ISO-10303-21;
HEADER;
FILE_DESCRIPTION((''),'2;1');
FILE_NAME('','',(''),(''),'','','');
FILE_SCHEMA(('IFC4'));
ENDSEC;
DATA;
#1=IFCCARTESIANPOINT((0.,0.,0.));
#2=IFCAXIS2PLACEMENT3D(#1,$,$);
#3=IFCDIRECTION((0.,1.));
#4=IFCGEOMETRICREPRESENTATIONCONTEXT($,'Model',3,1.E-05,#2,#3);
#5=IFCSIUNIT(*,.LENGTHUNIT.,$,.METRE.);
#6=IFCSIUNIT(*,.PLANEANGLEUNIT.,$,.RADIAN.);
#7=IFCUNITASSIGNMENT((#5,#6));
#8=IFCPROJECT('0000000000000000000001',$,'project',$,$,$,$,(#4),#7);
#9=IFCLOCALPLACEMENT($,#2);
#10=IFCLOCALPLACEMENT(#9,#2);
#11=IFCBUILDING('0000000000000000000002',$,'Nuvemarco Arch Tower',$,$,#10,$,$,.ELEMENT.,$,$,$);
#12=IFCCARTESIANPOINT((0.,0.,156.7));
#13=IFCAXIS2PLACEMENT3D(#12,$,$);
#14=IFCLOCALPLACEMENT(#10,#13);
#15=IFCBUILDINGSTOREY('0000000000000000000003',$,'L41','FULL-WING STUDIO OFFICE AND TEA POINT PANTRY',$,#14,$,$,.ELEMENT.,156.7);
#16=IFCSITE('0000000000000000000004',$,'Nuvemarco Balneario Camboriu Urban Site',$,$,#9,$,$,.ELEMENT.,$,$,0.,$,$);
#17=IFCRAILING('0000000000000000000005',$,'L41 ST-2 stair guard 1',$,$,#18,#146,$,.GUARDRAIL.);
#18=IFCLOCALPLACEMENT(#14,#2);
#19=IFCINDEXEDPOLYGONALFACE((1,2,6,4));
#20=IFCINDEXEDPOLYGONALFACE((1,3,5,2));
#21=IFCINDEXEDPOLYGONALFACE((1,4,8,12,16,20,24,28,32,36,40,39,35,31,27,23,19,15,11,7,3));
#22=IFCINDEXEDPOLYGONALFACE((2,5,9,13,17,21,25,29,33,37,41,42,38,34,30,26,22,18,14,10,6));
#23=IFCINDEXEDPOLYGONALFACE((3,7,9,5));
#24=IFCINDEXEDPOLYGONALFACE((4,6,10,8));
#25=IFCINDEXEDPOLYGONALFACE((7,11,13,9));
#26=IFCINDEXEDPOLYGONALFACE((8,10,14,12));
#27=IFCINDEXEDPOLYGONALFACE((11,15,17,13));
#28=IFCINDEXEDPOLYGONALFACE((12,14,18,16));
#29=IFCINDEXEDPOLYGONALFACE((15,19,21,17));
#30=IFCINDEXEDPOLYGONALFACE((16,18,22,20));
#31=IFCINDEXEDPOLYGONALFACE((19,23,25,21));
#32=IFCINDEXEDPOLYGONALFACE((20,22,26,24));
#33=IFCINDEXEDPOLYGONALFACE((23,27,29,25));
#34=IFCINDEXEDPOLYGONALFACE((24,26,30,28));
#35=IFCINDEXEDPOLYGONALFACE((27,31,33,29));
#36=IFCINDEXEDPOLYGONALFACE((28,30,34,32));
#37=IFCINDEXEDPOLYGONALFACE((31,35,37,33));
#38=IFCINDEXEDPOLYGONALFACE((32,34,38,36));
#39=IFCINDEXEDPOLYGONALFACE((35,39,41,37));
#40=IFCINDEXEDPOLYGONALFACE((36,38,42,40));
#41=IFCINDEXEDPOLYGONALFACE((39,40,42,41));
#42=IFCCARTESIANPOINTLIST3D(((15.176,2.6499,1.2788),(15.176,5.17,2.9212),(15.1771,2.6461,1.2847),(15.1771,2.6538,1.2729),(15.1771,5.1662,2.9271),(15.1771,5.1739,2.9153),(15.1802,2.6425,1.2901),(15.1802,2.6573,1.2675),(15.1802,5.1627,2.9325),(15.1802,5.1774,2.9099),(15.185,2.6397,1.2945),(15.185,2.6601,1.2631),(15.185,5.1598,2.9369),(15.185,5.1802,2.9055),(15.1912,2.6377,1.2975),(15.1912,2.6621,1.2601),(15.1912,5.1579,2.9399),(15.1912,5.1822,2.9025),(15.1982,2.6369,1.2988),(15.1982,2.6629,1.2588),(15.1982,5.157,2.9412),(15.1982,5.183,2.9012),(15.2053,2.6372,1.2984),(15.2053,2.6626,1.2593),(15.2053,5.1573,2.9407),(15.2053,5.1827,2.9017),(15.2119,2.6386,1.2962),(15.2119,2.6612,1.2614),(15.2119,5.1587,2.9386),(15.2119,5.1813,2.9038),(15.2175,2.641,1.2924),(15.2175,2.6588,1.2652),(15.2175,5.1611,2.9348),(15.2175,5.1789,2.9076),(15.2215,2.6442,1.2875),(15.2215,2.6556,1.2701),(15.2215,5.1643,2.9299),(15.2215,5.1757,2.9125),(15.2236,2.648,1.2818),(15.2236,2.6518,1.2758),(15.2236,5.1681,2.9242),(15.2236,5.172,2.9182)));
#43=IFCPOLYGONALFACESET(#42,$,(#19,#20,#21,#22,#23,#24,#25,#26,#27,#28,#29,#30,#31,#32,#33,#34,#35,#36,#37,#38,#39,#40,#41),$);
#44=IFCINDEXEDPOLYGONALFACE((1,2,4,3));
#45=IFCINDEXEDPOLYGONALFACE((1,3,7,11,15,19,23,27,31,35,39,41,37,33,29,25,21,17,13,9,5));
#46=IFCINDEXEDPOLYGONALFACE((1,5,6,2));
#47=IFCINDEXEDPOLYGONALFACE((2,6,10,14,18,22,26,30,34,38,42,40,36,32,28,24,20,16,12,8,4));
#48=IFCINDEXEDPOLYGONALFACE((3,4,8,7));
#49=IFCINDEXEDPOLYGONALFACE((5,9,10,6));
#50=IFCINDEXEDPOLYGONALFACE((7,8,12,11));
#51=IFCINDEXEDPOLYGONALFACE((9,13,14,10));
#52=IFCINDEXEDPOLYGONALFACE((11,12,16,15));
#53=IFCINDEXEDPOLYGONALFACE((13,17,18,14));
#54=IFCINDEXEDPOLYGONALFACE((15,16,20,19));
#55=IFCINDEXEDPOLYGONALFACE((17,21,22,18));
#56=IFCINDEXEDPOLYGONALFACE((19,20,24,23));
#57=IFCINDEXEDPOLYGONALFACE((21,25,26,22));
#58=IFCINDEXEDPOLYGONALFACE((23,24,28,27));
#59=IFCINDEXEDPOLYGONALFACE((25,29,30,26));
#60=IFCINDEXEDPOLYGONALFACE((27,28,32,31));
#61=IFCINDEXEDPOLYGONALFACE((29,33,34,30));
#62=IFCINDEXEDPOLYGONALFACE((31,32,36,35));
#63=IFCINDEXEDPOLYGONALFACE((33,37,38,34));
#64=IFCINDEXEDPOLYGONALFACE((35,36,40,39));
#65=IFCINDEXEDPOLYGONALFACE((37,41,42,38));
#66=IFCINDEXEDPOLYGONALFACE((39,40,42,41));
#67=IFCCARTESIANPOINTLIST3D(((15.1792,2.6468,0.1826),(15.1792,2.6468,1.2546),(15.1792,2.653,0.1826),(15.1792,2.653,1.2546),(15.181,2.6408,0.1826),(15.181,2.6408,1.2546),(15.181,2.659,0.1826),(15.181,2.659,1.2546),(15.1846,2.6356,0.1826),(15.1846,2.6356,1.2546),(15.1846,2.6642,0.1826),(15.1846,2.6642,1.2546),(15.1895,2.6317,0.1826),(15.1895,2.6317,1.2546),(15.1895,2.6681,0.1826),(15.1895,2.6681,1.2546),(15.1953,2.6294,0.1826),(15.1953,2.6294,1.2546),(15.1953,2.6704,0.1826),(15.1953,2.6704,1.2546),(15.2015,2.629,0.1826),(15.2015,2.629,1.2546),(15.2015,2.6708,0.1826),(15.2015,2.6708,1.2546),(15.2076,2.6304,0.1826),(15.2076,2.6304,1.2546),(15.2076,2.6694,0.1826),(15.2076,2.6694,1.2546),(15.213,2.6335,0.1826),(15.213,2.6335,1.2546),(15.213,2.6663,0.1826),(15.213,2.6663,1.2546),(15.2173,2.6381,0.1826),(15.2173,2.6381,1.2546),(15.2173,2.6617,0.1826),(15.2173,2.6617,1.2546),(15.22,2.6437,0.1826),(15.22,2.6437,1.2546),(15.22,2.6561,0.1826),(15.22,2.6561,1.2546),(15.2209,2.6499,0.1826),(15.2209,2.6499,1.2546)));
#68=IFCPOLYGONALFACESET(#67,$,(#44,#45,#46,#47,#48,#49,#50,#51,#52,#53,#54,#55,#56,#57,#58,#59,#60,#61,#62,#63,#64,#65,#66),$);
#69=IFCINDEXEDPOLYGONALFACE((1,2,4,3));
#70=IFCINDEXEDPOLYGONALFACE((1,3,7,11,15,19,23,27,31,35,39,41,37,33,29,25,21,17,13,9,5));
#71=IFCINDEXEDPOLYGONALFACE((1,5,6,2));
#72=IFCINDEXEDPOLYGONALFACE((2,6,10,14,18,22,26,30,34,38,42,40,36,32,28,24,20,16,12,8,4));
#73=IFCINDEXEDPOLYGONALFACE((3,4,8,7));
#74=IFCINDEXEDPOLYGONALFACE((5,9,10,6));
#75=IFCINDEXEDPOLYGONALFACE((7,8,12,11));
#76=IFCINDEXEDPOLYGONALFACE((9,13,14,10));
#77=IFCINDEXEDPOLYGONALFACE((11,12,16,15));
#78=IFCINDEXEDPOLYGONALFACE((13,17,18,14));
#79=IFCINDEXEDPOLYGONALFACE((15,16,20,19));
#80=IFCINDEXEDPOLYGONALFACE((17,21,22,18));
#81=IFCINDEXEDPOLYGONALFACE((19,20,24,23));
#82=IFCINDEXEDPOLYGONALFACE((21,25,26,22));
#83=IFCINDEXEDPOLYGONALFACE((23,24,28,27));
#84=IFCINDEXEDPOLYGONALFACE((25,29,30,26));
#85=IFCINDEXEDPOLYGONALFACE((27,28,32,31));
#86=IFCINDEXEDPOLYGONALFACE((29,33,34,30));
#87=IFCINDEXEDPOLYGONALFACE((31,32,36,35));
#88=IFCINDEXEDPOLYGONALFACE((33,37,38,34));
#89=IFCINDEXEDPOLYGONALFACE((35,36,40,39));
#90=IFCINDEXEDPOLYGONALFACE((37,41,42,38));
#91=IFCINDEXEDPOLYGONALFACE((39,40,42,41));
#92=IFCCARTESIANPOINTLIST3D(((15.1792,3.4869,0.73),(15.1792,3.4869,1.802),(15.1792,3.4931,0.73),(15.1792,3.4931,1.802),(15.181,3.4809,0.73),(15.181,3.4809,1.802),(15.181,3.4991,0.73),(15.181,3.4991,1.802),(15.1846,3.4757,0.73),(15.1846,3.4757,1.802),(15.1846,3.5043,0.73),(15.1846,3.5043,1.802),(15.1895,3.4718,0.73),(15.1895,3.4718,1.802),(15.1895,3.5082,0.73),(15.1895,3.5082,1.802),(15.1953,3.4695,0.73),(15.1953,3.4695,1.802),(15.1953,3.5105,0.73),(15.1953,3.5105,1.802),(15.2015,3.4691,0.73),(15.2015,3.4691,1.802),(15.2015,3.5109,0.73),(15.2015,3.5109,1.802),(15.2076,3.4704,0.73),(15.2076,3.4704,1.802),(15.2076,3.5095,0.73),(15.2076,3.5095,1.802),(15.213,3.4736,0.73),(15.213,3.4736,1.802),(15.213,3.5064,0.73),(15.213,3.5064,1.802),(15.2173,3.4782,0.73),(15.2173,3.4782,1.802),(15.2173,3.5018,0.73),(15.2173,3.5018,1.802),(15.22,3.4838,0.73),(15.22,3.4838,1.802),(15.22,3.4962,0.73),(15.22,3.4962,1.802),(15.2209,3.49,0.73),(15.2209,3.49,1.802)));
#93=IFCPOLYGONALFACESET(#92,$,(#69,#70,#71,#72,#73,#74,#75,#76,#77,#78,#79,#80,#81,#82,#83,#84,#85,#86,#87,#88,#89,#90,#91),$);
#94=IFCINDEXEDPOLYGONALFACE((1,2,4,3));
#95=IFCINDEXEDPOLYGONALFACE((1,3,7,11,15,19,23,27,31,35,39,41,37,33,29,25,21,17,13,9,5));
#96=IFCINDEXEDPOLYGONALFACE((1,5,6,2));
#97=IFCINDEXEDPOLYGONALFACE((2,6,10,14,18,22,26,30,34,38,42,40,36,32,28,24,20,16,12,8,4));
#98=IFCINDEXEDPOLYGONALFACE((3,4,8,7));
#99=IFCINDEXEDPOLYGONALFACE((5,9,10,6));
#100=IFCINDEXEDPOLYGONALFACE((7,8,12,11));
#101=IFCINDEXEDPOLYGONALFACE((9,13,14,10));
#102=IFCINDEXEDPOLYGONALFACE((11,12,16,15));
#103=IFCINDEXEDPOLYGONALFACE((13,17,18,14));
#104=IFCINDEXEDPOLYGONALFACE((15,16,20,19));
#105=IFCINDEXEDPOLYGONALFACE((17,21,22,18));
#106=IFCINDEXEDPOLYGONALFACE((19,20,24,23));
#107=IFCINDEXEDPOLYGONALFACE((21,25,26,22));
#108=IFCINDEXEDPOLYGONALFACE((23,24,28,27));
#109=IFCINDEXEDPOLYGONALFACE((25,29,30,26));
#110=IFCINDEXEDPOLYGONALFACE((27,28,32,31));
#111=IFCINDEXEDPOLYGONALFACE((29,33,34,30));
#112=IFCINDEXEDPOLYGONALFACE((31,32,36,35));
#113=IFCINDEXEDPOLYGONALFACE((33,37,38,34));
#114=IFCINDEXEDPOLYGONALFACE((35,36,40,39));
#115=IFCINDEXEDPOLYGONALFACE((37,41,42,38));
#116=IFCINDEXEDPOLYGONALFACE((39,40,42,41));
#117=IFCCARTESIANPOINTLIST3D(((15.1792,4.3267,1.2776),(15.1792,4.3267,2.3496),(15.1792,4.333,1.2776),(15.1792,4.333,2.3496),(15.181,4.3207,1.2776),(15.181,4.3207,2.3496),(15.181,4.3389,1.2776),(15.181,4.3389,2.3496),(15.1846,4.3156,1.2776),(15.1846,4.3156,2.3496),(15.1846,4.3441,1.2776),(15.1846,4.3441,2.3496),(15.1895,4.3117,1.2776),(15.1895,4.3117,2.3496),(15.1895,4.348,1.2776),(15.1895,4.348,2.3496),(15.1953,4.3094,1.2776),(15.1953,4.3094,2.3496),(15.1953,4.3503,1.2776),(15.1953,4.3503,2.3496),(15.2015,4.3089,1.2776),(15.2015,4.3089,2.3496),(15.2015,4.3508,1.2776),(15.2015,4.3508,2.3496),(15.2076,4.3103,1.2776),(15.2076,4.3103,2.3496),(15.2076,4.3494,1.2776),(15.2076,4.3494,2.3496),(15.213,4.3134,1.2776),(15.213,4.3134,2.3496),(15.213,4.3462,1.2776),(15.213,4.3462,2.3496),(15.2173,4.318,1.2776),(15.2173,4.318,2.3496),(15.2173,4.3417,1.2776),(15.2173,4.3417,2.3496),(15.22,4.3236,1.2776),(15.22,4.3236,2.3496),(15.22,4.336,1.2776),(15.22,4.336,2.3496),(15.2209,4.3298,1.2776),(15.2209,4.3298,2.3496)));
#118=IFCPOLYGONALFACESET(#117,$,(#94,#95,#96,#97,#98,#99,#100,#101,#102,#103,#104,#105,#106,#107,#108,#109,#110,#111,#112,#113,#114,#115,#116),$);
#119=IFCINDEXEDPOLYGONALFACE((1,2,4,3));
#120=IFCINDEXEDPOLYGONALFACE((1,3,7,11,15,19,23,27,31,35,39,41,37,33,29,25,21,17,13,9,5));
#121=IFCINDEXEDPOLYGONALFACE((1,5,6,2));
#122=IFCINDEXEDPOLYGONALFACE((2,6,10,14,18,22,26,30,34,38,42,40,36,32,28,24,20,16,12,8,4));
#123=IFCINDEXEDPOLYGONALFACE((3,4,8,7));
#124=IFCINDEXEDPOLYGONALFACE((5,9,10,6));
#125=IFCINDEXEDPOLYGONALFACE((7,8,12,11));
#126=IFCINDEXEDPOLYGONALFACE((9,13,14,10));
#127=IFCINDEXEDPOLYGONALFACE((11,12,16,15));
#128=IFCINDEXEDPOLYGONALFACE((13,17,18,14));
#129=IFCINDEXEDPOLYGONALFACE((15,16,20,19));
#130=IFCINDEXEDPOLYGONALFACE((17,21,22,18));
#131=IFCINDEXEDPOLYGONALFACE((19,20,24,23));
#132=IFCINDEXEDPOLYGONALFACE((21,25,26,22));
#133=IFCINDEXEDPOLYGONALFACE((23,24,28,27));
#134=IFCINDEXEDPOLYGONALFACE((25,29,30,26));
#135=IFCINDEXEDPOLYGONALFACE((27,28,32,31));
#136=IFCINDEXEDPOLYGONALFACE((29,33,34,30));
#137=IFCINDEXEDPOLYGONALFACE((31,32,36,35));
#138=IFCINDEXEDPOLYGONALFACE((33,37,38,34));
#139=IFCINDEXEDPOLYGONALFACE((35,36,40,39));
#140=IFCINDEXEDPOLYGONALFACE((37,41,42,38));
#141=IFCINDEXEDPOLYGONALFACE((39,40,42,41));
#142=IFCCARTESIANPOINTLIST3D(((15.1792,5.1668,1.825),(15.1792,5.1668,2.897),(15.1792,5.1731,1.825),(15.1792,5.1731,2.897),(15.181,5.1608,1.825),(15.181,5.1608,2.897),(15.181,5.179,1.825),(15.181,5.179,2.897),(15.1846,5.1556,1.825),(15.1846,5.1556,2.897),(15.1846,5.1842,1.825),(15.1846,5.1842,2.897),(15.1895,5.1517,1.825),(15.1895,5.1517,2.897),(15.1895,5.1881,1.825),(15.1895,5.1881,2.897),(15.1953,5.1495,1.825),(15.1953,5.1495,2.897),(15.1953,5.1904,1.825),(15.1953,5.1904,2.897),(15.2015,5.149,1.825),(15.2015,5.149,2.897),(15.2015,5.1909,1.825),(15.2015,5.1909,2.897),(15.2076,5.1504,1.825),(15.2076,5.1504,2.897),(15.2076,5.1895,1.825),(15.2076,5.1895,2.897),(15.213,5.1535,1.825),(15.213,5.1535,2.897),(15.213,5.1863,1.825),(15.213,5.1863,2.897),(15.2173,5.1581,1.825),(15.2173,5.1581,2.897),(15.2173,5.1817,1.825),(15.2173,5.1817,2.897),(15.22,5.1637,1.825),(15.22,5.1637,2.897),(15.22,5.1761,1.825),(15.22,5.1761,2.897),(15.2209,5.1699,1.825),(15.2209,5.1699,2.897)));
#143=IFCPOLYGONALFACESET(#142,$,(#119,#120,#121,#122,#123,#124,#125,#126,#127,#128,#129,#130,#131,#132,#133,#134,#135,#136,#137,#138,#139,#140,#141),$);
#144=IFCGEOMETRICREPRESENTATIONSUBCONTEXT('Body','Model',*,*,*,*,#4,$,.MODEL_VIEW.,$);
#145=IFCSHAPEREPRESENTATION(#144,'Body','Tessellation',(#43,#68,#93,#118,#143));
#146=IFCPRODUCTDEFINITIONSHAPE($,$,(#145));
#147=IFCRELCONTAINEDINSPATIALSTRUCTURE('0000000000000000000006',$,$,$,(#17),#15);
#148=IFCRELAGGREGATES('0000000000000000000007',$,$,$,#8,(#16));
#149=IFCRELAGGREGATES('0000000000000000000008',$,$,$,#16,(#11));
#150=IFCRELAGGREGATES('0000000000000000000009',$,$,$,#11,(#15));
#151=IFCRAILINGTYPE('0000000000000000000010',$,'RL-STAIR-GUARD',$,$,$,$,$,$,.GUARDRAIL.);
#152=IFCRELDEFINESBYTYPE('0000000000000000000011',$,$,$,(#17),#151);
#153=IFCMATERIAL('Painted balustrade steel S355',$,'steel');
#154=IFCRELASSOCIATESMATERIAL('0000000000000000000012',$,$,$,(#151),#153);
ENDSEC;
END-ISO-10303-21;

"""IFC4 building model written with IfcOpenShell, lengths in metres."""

from ifc_helpers import new_model, si_unit, direction, frame, origin, origin_2d, place, context, subcontext, project, spatial, circle, extrude, material, type_object, element, save


model = new_model("IFC4")

# Units and contexts
model_context = context("Model", 3, precision=1e-05, world=origin(), true_north=direction((0.0, 1.0)))
body_context = subcontext(model_context, "Body", "Model", "MODEL_VIEW")
ifc_project = project(units=[si_unit("LENGTHUNIT", "METRE"), si_unit("PLANEANGLEUNIT", "RADIAN")], contexts=[model_context])

# Site, building, storey
site_placement = place(None, origin())
site = spatial("IfcSite", under=ifc_project, at=site_placement, Name="Nuvemarco Balneario Camboriu Urban Site", CompositionType="ELEMENT", RefElevation=0.0)
building_placement = place(site_placement, origin())
building = spatial("IfcBuilding", under=site, at=building_placement, Name="Nuvemarco Arch Tower", CompositionType="ELEMENT")
storey_placement = place(building_placement, frame((0.0, 0.0, 156.7)))
storey = spatial("IfcBuildingStorey", under=building, at=storey_placement, Name="L41", Description="FULL-WING STUDIO OFFICE AND TEA POINT PANTRY", CompositionType="ELEMENT", Elevation=156.7)

# Railing
ifc_material_1 = material(Name="Painted balustrade steel S355", Category="steel")
railing_type_1 = type_object("IfcRailingType", Name="RL-STAIR-GUARD", PredefinedType="GUARDRAIL", material=ifc_material_1)
railing_1_placement = place(storey_placement, frame((15.2, 2.6499, 0.1826)))
element("IfcRailing", 1, at=railing_1_placement, inside=storey, type_object=railing_type_1, Name="L41 ST-2 stair guard 1", PredefinedType="GUARDRAIL", context=body_context, shape_type="SweptSolid", body=[
    extrude(circle(Radius=0.0239, at=origin_2d()), frame((0.0, 0.0, 1.0962), z_axis=(0.0, 0.837787, 0.545998), x_axis=(-1.0, 0.0, 0.0)), (0.0, 0.0, 1.0), 3.0081),
    extrude(circle(Radius=0.021, at=origin_2d()), origin(), (0.0, 0.0, 1.0), 1.072),
    extrude(circle(Radius=0.021, at=origin_2d()), frame((0.0, 0.8401, 0.5474)), (0.0, 0.0, 1.0), 1.072),
    extrude(circle(Radius=0.021, at=origin_2d()), frame((0.0, 1.6799, 1.095)), (0.0, 0.0, 1.0), 1.072),
    extrude(circle(Radius=0.021, at=origin_2d()), frame((0.0, 2.52, 1.6423)), (0.0, 0.0, 1.0), 1.072),
])

save(model, "model.ifc")
